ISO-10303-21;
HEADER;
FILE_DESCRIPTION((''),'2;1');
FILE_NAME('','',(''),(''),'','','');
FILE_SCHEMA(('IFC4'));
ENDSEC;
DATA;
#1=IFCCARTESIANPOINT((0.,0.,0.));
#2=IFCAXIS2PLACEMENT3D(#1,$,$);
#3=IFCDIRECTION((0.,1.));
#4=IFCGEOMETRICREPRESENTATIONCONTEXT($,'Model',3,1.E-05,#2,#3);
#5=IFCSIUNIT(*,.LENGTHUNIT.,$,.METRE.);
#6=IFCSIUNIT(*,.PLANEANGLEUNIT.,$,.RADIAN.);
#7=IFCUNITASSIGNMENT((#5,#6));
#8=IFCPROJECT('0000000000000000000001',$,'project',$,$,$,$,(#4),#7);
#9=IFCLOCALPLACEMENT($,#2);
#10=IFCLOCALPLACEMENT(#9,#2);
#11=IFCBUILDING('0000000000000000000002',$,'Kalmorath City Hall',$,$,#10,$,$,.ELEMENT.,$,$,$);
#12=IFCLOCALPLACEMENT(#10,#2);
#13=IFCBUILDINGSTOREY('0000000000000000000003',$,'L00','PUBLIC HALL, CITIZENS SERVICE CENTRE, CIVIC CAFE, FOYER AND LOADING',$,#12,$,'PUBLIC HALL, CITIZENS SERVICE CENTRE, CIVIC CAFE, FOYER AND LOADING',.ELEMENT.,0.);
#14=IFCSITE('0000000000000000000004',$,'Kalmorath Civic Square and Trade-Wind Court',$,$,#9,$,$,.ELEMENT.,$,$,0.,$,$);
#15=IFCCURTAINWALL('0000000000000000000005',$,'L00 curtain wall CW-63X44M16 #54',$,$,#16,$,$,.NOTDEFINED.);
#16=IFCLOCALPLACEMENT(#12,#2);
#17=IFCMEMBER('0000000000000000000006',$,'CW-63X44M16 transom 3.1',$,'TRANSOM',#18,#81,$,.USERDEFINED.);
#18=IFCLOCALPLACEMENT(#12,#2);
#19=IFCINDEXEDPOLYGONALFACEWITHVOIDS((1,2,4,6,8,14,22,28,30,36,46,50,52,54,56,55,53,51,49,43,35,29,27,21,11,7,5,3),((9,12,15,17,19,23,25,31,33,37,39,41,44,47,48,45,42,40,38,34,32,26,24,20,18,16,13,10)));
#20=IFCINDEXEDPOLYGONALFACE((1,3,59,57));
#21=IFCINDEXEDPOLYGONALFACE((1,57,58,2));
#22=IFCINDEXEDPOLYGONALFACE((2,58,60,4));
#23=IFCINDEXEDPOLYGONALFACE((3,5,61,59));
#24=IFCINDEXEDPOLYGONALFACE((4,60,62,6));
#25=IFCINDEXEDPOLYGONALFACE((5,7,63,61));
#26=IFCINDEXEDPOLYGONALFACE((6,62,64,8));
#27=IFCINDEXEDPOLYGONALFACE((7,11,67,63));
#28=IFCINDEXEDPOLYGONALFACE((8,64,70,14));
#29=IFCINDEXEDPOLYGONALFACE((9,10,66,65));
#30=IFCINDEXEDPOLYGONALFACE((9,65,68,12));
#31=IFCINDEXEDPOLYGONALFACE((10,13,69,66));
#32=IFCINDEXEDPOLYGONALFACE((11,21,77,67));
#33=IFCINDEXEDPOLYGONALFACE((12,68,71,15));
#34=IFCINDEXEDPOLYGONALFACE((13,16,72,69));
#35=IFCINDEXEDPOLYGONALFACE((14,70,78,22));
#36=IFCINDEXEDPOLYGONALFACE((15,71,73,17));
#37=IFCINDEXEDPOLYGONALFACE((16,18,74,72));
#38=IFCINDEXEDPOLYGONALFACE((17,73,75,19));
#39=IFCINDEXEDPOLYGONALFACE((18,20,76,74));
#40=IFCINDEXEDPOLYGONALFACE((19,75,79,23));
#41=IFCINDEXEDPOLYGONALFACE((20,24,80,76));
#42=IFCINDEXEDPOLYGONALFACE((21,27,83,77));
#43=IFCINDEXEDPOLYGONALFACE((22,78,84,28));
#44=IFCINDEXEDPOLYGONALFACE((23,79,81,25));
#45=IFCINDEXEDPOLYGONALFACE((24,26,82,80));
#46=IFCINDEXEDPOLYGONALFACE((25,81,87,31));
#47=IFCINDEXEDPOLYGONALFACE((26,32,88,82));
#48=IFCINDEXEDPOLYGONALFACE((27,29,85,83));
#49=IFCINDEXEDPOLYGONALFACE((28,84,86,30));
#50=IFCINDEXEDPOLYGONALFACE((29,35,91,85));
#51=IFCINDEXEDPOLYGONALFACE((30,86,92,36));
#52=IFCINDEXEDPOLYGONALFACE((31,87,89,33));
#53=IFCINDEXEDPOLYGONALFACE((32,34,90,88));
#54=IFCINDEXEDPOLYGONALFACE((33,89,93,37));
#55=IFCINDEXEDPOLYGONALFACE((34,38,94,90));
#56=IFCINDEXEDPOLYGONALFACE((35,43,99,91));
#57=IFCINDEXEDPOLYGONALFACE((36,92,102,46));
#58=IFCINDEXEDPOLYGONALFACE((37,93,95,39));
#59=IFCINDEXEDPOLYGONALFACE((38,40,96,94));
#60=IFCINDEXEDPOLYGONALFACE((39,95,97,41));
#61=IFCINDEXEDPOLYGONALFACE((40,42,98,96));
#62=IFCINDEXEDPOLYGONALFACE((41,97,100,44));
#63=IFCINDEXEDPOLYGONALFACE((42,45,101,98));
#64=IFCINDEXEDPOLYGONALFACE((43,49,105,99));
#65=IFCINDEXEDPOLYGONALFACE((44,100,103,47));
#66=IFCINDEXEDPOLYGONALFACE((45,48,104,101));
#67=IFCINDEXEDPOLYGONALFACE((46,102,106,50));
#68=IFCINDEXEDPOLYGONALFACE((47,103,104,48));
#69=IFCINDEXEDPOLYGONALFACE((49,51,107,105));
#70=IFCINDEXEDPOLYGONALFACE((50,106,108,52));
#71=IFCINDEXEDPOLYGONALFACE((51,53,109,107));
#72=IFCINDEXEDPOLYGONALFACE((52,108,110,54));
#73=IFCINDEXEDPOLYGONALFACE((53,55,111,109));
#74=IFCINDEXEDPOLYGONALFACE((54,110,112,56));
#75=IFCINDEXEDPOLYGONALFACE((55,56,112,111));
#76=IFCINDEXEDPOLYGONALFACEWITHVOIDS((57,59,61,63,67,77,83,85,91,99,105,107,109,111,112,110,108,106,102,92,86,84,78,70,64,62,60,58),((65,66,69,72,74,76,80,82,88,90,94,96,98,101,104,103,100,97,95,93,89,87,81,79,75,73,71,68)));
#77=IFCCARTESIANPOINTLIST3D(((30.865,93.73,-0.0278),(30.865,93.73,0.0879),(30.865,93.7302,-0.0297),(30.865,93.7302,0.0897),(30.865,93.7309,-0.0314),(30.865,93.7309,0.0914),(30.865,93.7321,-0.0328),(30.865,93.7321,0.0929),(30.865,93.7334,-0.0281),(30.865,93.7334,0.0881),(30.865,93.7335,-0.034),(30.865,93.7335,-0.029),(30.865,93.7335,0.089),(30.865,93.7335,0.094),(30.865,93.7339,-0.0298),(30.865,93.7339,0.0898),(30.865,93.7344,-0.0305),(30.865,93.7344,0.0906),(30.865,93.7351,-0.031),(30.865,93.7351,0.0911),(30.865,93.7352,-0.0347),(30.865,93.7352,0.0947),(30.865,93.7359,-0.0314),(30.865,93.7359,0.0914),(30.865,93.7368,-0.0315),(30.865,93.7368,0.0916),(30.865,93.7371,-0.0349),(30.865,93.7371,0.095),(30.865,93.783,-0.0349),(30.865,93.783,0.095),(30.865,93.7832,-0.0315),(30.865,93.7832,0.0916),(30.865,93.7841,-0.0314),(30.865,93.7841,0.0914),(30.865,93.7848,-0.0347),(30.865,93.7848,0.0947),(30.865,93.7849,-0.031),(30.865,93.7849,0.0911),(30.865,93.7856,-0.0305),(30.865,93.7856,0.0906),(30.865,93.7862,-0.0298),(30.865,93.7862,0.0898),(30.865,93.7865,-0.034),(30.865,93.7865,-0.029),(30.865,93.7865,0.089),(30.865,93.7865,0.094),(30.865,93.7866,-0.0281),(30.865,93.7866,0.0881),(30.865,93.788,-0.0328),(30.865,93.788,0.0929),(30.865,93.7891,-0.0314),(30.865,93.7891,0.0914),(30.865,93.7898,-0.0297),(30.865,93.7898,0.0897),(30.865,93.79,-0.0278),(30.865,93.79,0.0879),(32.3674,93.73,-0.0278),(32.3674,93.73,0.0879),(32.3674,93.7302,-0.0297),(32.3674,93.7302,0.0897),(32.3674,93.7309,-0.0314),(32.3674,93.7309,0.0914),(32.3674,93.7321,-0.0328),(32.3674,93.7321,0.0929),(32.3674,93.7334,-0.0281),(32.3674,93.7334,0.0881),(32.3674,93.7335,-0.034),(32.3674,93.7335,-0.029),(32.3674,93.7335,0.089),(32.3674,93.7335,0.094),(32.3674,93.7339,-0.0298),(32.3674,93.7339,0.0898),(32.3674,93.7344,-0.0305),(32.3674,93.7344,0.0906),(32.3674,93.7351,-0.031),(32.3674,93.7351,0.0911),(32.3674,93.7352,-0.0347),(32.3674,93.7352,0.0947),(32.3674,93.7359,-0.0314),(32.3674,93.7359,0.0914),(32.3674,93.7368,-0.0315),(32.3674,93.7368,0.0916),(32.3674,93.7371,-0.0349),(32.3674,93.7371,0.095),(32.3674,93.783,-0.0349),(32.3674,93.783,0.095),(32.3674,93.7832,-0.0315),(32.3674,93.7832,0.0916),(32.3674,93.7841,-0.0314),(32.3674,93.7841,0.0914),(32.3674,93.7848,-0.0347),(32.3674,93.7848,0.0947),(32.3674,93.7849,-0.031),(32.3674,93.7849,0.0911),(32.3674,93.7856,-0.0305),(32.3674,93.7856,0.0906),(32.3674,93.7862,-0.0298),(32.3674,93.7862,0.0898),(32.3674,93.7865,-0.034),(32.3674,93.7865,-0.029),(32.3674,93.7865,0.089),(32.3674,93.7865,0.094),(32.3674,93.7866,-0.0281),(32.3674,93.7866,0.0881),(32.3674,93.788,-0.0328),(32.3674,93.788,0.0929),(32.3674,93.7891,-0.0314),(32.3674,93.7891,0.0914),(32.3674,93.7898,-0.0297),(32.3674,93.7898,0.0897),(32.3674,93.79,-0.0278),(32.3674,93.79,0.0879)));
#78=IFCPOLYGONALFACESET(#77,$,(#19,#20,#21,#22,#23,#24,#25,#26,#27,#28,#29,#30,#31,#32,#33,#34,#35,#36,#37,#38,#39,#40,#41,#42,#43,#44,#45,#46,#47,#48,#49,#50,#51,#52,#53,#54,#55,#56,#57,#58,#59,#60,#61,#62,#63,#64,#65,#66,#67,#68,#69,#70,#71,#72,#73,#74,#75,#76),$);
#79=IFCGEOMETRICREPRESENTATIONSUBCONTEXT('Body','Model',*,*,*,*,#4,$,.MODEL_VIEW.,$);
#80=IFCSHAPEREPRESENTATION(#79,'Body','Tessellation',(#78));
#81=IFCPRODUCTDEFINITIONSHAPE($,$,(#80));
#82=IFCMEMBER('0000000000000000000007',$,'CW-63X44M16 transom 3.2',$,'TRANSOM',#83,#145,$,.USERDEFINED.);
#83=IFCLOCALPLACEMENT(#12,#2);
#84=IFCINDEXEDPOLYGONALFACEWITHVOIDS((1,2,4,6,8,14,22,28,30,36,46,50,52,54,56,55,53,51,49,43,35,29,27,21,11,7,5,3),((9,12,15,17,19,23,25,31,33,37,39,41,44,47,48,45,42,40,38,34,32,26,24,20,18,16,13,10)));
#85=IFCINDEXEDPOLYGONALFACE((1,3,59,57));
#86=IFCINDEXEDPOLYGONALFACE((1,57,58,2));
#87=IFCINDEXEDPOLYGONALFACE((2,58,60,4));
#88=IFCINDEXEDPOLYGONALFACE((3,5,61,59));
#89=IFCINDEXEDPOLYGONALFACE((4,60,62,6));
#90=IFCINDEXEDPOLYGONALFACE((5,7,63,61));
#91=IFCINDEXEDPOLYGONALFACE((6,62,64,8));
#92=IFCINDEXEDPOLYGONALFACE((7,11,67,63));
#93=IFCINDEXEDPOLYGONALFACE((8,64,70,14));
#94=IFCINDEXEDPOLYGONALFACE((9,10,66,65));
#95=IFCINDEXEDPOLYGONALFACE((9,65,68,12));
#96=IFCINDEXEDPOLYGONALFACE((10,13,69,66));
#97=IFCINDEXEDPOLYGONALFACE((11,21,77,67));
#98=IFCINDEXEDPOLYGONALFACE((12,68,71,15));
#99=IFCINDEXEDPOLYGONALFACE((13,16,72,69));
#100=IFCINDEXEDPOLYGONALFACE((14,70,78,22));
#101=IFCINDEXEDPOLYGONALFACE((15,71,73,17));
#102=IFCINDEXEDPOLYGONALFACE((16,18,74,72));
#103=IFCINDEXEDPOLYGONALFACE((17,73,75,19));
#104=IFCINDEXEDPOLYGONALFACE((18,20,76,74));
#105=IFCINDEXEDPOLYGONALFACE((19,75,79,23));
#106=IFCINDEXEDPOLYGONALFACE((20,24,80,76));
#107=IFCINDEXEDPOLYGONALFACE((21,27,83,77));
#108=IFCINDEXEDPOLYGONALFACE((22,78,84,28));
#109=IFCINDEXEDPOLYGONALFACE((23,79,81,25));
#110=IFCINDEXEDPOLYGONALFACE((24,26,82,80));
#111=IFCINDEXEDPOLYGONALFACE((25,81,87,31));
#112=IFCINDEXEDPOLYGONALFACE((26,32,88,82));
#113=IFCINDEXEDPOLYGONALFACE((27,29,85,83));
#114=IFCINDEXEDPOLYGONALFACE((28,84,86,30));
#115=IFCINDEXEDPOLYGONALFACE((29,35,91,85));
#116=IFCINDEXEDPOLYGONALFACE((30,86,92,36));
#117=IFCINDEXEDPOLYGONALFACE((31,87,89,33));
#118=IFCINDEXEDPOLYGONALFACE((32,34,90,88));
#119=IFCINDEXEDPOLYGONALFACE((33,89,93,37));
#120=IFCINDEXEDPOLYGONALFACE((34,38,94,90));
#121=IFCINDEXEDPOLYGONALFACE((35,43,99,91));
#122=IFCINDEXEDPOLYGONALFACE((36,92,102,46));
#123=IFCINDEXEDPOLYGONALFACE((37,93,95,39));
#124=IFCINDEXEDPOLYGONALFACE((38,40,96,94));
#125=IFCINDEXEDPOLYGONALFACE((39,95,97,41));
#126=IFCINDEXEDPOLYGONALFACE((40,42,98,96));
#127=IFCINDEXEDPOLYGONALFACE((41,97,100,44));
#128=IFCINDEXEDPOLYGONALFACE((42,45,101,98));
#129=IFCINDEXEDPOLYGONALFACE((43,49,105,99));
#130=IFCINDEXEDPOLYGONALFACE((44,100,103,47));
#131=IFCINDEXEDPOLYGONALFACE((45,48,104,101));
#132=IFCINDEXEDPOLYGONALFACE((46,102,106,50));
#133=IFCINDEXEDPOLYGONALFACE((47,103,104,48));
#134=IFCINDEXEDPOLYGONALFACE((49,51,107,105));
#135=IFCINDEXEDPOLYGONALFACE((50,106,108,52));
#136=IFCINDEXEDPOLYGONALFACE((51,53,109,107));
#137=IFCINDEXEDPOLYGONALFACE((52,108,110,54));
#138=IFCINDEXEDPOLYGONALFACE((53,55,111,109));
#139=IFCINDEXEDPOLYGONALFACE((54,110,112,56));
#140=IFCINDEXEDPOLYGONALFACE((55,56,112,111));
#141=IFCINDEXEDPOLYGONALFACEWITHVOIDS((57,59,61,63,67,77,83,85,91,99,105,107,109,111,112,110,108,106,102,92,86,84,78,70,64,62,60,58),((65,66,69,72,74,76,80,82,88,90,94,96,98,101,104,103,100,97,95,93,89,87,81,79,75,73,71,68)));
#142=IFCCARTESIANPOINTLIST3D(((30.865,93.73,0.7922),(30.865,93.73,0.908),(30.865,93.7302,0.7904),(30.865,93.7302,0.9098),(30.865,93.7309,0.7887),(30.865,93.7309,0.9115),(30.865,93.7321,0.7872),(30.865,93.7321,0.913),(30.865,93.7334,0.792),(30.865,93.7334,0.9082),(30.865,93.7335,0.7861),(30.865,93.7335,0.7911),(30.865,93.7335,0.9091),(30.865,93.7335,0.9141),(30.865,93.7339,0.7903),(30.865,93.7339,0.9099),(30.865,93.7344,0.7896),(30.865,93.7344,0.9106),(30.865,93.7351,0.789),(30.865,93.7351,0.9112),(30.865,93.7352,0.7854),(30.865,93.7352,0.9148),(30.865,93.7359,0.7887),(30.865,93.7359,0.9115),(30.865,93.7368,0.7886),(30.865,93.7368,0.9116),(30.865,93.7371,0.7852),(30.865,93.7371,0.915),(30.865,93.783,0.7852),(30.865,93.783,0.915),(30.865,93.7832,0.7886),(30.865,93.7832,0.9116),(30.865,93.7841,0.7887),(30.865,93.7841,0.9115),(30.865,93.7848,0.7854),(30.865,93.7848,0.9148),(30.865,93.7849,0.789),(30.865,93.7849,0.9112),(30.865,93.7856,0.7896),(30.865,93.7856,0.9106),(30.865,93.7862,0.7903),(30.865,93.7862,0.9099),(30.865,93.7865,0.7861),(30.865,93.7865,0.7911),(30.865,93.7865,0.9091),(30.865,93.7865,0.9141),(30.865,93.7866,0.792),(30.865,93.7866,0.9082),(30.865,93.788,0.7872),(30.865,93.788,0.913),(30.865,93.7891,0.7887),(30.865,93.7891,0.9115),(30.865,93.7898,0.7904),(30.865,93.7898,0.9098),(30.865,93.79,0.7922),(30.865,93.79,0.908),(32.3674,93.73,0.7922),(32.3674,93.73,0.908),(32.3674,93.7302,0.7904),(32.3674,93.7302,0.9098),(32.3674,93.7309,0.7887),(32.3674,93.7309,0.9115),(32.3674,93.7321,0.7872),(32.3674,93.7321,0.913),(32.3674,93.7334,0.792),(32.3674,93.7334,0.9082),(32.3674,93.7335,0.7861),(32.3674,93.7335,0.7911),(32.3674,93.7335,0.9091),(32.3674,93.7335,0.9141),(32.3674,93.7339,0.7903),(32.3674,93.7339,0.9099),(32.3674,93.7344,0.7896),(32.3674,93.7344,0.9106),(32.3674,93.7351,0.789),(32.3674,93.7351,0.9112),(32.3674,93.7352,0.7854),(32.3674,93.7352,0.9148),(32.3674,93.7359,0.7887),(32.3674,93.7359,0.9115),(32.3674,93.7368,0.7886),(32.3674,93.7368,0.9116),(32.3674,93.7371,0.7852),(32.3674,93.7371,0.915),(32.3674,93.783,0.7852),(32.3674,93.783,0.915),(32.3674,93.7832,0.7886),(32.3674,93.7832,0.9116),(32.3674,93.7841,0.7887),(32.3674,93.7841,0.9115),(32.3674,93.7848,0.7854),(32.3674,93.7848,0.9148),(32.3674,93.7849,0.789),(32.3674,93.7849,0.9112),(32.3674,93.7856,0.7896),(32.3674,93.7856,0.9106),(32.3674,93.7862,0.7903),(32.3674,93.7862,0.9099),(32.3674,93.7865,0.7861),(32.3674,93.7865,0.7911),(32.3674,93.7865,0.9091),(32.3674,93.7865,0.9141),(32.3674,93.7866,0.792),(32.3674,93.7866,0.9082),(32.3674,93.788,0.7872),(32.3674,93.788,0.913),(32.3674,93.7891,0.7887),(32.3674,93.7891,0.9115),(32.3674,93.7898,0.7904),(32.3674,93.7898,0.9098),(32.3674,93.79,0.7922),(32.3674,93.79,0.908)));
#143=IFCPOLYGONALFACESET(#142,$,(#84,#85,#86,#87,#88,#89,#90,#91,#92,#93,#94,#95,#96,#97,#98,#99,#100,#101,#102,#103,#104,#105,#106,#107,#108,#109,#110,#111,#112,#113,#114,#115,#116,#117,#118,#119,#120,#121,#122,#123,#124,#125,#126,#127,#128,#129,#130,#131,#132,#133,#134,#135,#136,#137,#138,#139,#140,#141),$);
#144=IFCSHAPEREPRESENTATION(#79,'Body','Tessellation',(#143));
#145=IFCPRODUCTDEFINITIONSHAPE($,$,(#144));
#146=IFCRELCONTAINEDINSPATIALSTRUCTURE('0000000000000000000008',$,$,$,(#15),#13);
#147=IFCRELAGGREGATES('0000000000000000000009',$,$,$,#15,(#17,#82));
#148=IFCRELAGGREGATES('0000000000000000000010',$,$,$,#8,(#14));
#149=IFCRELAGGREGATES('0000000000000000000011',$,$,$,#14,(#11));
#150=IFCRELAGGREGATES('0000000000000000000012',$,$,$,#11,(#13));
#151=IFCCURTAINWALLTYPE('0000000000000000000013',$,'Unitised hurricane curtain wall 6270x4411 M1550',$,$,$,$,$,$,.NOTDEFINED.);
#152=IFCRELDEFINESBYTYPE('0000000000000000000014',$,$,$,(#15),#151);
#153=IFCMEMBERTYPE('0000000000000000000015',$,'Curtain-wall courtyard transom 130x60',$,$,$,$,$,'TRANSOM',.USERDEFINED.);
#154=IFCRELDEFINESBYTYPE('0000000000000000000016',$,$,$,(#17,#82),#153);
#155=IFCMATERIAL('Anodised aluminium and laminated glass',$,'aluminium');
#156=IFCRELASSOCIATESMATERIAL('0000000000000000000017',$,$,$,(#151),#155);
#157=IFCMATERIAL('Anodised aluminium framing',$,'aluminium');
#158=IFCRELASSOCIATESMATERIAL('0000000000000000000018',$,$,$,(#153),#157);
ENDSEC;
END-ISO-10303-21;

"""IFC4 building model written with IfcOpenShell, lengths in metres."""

from ifc_helpers import new_model, si_unit, direction, frame, origin, origin_2d, place, context, subcontext, project, spatial, hollow_rectangle, extrude, material, material_profile, profile_set, type_object, element, aggregate, save


model = new_model("IFC4")

# Units and contexts
model_context = context("Model", 3, precision=1e-05, world=origin(), true_north=direction((0.0, 1.0)))
body_context = subcontext(model_context, "Body", "Model", "MODEL_VIEW")
ifc_project = project(units=[si_unit("LENGTHUNIT", "METRE"), si_unit("PLANEANGLEUNIT", "RADIAN")], contexts=[model_context])

# Site, building, storey
site_placement = place(None, origin())
site = spatial("IfcSite", under=ifc_project, at=site_placement, Name="Kalmorath Civic Square and Trade-Wind Court", CompositionType="ELEMENT", RefElevation=0.0)
building_placement = place(site_placement, origin())
building = spatial("IfcBuilding", under=site, at=building_placement, Name="Kalmorath City Hall", CompositionType="ELEMENT")
storey_placement = place(building_placement, origin())
storey = spatial("IfcBuildingStorey", under=building, at=storey_placement, Name="L00", Description="PUBLIC HALL, CITIZENS SERVICE CENTRE, CIVIC CAFE, FOYER AND LOADING", LongName="PUBLIC HALL, CITIZENS SERVICE CENTRE, CIVIC CAFE, FOYER AND LOADING", CompositionType="ELEMENT", Elevation=0.0)

# Shared definitions
ifc_material_1 = material(Name="Anodised aluminium and laminated glass", Category="aluminium")
curtain_wall_type = type_object("IfcCurtainWallType", Name="Unitised hurricane curtain wall 6270x4411 M1550", PredefinedType="NOTDEFINED", material=ifc_material_1)

# Curtain wall, members
curtain_wall_1_placement = place(storey_placement, origin())
curtain_wall_1 = element("IfcCurtainWall", 1, at=curtain_wall_1_placement, inside=storey, type_object=curtain_wall_type, Name="L00 curtain wall CW-63X44M16 #54", PredefinedType="NOTDEFINED")
ifc_material_2 = material(Name="Anodised aluminium framing", Category="aluminium")
ifc_material_profile_1 = material_profile(ifc_material_2, hollow_rectangle(XDim=0.0601, YDim=0.1299, WallThickness=0.0034, InnerFilletRadius=0.0034, OuterFilletRadius=0.0071, at=origin_2d()), Name="ALU-TRN-130X60X3.5")
ifc_profile_set_1 = profile_set([ifc_material_profile_1], Name="Anodised aluminium framing")
member_type_1 = type_object("IfcMemberType", Name="Curtain-wall courtyard transom 130x60", ElementType="TRANSOM", PredefinedType="USERDEFINED", material=ifc_profile_set_1)
member_1_placement = place(storey_placement, frame((32.3674, 93.76, 0.03), z_axis=(-1.0, 0.0, 0.0), x_axis=(0.0, -1.0, 0.0)))
member_1 = element("IfcMember", 2, at=member_1_placement, type_object=member_type_1, Name="CW-63X44M16 transom 3.1", ObjectType="TRANSOM", PredefinedType="USERDEFINED", context=body_context, shape_type="SweptSolid", body=[
    extrude(hollow_rectangle(XDim=0.0601, YDim=0.1299, WallThickness=0.0034, InnerFilletRadius=0.0034, OuterFilletRadius=0.0071, at=origin_2d()), origin(), (0.0, 0.0, 1.0), 1.5024),
])
member_2_placement = place(storey_placement, frame((32.3674, 93.76, 0.8501), z_axis=(-1.0, 0.0, 0.0), x_axis=(0.0, -1.0, 0.0)))
member_2 = element("IfcMember", 3, at=member_2_placement, type_object=member_type_1, Name="CW-63X44M16 transom 3.2", ObjectType="TRANSOM", PredefinedType="USERDEFINED", context=body_context, shape_type="SweptSolid", body=[
    extrude(hollow_rectangle(XDim=0.0601, YDim=0.1299, WallThickness=0.0034, InnerFilletRadius=0.0034, OuterFilletRadius=0.0071, at=origin_2d()), origin(), (0.0, 0.0, 1.0), 1.5024),
])

aggregate(curtain_wall_1, [member_1, member_2])

save(model, "model.ifc")
